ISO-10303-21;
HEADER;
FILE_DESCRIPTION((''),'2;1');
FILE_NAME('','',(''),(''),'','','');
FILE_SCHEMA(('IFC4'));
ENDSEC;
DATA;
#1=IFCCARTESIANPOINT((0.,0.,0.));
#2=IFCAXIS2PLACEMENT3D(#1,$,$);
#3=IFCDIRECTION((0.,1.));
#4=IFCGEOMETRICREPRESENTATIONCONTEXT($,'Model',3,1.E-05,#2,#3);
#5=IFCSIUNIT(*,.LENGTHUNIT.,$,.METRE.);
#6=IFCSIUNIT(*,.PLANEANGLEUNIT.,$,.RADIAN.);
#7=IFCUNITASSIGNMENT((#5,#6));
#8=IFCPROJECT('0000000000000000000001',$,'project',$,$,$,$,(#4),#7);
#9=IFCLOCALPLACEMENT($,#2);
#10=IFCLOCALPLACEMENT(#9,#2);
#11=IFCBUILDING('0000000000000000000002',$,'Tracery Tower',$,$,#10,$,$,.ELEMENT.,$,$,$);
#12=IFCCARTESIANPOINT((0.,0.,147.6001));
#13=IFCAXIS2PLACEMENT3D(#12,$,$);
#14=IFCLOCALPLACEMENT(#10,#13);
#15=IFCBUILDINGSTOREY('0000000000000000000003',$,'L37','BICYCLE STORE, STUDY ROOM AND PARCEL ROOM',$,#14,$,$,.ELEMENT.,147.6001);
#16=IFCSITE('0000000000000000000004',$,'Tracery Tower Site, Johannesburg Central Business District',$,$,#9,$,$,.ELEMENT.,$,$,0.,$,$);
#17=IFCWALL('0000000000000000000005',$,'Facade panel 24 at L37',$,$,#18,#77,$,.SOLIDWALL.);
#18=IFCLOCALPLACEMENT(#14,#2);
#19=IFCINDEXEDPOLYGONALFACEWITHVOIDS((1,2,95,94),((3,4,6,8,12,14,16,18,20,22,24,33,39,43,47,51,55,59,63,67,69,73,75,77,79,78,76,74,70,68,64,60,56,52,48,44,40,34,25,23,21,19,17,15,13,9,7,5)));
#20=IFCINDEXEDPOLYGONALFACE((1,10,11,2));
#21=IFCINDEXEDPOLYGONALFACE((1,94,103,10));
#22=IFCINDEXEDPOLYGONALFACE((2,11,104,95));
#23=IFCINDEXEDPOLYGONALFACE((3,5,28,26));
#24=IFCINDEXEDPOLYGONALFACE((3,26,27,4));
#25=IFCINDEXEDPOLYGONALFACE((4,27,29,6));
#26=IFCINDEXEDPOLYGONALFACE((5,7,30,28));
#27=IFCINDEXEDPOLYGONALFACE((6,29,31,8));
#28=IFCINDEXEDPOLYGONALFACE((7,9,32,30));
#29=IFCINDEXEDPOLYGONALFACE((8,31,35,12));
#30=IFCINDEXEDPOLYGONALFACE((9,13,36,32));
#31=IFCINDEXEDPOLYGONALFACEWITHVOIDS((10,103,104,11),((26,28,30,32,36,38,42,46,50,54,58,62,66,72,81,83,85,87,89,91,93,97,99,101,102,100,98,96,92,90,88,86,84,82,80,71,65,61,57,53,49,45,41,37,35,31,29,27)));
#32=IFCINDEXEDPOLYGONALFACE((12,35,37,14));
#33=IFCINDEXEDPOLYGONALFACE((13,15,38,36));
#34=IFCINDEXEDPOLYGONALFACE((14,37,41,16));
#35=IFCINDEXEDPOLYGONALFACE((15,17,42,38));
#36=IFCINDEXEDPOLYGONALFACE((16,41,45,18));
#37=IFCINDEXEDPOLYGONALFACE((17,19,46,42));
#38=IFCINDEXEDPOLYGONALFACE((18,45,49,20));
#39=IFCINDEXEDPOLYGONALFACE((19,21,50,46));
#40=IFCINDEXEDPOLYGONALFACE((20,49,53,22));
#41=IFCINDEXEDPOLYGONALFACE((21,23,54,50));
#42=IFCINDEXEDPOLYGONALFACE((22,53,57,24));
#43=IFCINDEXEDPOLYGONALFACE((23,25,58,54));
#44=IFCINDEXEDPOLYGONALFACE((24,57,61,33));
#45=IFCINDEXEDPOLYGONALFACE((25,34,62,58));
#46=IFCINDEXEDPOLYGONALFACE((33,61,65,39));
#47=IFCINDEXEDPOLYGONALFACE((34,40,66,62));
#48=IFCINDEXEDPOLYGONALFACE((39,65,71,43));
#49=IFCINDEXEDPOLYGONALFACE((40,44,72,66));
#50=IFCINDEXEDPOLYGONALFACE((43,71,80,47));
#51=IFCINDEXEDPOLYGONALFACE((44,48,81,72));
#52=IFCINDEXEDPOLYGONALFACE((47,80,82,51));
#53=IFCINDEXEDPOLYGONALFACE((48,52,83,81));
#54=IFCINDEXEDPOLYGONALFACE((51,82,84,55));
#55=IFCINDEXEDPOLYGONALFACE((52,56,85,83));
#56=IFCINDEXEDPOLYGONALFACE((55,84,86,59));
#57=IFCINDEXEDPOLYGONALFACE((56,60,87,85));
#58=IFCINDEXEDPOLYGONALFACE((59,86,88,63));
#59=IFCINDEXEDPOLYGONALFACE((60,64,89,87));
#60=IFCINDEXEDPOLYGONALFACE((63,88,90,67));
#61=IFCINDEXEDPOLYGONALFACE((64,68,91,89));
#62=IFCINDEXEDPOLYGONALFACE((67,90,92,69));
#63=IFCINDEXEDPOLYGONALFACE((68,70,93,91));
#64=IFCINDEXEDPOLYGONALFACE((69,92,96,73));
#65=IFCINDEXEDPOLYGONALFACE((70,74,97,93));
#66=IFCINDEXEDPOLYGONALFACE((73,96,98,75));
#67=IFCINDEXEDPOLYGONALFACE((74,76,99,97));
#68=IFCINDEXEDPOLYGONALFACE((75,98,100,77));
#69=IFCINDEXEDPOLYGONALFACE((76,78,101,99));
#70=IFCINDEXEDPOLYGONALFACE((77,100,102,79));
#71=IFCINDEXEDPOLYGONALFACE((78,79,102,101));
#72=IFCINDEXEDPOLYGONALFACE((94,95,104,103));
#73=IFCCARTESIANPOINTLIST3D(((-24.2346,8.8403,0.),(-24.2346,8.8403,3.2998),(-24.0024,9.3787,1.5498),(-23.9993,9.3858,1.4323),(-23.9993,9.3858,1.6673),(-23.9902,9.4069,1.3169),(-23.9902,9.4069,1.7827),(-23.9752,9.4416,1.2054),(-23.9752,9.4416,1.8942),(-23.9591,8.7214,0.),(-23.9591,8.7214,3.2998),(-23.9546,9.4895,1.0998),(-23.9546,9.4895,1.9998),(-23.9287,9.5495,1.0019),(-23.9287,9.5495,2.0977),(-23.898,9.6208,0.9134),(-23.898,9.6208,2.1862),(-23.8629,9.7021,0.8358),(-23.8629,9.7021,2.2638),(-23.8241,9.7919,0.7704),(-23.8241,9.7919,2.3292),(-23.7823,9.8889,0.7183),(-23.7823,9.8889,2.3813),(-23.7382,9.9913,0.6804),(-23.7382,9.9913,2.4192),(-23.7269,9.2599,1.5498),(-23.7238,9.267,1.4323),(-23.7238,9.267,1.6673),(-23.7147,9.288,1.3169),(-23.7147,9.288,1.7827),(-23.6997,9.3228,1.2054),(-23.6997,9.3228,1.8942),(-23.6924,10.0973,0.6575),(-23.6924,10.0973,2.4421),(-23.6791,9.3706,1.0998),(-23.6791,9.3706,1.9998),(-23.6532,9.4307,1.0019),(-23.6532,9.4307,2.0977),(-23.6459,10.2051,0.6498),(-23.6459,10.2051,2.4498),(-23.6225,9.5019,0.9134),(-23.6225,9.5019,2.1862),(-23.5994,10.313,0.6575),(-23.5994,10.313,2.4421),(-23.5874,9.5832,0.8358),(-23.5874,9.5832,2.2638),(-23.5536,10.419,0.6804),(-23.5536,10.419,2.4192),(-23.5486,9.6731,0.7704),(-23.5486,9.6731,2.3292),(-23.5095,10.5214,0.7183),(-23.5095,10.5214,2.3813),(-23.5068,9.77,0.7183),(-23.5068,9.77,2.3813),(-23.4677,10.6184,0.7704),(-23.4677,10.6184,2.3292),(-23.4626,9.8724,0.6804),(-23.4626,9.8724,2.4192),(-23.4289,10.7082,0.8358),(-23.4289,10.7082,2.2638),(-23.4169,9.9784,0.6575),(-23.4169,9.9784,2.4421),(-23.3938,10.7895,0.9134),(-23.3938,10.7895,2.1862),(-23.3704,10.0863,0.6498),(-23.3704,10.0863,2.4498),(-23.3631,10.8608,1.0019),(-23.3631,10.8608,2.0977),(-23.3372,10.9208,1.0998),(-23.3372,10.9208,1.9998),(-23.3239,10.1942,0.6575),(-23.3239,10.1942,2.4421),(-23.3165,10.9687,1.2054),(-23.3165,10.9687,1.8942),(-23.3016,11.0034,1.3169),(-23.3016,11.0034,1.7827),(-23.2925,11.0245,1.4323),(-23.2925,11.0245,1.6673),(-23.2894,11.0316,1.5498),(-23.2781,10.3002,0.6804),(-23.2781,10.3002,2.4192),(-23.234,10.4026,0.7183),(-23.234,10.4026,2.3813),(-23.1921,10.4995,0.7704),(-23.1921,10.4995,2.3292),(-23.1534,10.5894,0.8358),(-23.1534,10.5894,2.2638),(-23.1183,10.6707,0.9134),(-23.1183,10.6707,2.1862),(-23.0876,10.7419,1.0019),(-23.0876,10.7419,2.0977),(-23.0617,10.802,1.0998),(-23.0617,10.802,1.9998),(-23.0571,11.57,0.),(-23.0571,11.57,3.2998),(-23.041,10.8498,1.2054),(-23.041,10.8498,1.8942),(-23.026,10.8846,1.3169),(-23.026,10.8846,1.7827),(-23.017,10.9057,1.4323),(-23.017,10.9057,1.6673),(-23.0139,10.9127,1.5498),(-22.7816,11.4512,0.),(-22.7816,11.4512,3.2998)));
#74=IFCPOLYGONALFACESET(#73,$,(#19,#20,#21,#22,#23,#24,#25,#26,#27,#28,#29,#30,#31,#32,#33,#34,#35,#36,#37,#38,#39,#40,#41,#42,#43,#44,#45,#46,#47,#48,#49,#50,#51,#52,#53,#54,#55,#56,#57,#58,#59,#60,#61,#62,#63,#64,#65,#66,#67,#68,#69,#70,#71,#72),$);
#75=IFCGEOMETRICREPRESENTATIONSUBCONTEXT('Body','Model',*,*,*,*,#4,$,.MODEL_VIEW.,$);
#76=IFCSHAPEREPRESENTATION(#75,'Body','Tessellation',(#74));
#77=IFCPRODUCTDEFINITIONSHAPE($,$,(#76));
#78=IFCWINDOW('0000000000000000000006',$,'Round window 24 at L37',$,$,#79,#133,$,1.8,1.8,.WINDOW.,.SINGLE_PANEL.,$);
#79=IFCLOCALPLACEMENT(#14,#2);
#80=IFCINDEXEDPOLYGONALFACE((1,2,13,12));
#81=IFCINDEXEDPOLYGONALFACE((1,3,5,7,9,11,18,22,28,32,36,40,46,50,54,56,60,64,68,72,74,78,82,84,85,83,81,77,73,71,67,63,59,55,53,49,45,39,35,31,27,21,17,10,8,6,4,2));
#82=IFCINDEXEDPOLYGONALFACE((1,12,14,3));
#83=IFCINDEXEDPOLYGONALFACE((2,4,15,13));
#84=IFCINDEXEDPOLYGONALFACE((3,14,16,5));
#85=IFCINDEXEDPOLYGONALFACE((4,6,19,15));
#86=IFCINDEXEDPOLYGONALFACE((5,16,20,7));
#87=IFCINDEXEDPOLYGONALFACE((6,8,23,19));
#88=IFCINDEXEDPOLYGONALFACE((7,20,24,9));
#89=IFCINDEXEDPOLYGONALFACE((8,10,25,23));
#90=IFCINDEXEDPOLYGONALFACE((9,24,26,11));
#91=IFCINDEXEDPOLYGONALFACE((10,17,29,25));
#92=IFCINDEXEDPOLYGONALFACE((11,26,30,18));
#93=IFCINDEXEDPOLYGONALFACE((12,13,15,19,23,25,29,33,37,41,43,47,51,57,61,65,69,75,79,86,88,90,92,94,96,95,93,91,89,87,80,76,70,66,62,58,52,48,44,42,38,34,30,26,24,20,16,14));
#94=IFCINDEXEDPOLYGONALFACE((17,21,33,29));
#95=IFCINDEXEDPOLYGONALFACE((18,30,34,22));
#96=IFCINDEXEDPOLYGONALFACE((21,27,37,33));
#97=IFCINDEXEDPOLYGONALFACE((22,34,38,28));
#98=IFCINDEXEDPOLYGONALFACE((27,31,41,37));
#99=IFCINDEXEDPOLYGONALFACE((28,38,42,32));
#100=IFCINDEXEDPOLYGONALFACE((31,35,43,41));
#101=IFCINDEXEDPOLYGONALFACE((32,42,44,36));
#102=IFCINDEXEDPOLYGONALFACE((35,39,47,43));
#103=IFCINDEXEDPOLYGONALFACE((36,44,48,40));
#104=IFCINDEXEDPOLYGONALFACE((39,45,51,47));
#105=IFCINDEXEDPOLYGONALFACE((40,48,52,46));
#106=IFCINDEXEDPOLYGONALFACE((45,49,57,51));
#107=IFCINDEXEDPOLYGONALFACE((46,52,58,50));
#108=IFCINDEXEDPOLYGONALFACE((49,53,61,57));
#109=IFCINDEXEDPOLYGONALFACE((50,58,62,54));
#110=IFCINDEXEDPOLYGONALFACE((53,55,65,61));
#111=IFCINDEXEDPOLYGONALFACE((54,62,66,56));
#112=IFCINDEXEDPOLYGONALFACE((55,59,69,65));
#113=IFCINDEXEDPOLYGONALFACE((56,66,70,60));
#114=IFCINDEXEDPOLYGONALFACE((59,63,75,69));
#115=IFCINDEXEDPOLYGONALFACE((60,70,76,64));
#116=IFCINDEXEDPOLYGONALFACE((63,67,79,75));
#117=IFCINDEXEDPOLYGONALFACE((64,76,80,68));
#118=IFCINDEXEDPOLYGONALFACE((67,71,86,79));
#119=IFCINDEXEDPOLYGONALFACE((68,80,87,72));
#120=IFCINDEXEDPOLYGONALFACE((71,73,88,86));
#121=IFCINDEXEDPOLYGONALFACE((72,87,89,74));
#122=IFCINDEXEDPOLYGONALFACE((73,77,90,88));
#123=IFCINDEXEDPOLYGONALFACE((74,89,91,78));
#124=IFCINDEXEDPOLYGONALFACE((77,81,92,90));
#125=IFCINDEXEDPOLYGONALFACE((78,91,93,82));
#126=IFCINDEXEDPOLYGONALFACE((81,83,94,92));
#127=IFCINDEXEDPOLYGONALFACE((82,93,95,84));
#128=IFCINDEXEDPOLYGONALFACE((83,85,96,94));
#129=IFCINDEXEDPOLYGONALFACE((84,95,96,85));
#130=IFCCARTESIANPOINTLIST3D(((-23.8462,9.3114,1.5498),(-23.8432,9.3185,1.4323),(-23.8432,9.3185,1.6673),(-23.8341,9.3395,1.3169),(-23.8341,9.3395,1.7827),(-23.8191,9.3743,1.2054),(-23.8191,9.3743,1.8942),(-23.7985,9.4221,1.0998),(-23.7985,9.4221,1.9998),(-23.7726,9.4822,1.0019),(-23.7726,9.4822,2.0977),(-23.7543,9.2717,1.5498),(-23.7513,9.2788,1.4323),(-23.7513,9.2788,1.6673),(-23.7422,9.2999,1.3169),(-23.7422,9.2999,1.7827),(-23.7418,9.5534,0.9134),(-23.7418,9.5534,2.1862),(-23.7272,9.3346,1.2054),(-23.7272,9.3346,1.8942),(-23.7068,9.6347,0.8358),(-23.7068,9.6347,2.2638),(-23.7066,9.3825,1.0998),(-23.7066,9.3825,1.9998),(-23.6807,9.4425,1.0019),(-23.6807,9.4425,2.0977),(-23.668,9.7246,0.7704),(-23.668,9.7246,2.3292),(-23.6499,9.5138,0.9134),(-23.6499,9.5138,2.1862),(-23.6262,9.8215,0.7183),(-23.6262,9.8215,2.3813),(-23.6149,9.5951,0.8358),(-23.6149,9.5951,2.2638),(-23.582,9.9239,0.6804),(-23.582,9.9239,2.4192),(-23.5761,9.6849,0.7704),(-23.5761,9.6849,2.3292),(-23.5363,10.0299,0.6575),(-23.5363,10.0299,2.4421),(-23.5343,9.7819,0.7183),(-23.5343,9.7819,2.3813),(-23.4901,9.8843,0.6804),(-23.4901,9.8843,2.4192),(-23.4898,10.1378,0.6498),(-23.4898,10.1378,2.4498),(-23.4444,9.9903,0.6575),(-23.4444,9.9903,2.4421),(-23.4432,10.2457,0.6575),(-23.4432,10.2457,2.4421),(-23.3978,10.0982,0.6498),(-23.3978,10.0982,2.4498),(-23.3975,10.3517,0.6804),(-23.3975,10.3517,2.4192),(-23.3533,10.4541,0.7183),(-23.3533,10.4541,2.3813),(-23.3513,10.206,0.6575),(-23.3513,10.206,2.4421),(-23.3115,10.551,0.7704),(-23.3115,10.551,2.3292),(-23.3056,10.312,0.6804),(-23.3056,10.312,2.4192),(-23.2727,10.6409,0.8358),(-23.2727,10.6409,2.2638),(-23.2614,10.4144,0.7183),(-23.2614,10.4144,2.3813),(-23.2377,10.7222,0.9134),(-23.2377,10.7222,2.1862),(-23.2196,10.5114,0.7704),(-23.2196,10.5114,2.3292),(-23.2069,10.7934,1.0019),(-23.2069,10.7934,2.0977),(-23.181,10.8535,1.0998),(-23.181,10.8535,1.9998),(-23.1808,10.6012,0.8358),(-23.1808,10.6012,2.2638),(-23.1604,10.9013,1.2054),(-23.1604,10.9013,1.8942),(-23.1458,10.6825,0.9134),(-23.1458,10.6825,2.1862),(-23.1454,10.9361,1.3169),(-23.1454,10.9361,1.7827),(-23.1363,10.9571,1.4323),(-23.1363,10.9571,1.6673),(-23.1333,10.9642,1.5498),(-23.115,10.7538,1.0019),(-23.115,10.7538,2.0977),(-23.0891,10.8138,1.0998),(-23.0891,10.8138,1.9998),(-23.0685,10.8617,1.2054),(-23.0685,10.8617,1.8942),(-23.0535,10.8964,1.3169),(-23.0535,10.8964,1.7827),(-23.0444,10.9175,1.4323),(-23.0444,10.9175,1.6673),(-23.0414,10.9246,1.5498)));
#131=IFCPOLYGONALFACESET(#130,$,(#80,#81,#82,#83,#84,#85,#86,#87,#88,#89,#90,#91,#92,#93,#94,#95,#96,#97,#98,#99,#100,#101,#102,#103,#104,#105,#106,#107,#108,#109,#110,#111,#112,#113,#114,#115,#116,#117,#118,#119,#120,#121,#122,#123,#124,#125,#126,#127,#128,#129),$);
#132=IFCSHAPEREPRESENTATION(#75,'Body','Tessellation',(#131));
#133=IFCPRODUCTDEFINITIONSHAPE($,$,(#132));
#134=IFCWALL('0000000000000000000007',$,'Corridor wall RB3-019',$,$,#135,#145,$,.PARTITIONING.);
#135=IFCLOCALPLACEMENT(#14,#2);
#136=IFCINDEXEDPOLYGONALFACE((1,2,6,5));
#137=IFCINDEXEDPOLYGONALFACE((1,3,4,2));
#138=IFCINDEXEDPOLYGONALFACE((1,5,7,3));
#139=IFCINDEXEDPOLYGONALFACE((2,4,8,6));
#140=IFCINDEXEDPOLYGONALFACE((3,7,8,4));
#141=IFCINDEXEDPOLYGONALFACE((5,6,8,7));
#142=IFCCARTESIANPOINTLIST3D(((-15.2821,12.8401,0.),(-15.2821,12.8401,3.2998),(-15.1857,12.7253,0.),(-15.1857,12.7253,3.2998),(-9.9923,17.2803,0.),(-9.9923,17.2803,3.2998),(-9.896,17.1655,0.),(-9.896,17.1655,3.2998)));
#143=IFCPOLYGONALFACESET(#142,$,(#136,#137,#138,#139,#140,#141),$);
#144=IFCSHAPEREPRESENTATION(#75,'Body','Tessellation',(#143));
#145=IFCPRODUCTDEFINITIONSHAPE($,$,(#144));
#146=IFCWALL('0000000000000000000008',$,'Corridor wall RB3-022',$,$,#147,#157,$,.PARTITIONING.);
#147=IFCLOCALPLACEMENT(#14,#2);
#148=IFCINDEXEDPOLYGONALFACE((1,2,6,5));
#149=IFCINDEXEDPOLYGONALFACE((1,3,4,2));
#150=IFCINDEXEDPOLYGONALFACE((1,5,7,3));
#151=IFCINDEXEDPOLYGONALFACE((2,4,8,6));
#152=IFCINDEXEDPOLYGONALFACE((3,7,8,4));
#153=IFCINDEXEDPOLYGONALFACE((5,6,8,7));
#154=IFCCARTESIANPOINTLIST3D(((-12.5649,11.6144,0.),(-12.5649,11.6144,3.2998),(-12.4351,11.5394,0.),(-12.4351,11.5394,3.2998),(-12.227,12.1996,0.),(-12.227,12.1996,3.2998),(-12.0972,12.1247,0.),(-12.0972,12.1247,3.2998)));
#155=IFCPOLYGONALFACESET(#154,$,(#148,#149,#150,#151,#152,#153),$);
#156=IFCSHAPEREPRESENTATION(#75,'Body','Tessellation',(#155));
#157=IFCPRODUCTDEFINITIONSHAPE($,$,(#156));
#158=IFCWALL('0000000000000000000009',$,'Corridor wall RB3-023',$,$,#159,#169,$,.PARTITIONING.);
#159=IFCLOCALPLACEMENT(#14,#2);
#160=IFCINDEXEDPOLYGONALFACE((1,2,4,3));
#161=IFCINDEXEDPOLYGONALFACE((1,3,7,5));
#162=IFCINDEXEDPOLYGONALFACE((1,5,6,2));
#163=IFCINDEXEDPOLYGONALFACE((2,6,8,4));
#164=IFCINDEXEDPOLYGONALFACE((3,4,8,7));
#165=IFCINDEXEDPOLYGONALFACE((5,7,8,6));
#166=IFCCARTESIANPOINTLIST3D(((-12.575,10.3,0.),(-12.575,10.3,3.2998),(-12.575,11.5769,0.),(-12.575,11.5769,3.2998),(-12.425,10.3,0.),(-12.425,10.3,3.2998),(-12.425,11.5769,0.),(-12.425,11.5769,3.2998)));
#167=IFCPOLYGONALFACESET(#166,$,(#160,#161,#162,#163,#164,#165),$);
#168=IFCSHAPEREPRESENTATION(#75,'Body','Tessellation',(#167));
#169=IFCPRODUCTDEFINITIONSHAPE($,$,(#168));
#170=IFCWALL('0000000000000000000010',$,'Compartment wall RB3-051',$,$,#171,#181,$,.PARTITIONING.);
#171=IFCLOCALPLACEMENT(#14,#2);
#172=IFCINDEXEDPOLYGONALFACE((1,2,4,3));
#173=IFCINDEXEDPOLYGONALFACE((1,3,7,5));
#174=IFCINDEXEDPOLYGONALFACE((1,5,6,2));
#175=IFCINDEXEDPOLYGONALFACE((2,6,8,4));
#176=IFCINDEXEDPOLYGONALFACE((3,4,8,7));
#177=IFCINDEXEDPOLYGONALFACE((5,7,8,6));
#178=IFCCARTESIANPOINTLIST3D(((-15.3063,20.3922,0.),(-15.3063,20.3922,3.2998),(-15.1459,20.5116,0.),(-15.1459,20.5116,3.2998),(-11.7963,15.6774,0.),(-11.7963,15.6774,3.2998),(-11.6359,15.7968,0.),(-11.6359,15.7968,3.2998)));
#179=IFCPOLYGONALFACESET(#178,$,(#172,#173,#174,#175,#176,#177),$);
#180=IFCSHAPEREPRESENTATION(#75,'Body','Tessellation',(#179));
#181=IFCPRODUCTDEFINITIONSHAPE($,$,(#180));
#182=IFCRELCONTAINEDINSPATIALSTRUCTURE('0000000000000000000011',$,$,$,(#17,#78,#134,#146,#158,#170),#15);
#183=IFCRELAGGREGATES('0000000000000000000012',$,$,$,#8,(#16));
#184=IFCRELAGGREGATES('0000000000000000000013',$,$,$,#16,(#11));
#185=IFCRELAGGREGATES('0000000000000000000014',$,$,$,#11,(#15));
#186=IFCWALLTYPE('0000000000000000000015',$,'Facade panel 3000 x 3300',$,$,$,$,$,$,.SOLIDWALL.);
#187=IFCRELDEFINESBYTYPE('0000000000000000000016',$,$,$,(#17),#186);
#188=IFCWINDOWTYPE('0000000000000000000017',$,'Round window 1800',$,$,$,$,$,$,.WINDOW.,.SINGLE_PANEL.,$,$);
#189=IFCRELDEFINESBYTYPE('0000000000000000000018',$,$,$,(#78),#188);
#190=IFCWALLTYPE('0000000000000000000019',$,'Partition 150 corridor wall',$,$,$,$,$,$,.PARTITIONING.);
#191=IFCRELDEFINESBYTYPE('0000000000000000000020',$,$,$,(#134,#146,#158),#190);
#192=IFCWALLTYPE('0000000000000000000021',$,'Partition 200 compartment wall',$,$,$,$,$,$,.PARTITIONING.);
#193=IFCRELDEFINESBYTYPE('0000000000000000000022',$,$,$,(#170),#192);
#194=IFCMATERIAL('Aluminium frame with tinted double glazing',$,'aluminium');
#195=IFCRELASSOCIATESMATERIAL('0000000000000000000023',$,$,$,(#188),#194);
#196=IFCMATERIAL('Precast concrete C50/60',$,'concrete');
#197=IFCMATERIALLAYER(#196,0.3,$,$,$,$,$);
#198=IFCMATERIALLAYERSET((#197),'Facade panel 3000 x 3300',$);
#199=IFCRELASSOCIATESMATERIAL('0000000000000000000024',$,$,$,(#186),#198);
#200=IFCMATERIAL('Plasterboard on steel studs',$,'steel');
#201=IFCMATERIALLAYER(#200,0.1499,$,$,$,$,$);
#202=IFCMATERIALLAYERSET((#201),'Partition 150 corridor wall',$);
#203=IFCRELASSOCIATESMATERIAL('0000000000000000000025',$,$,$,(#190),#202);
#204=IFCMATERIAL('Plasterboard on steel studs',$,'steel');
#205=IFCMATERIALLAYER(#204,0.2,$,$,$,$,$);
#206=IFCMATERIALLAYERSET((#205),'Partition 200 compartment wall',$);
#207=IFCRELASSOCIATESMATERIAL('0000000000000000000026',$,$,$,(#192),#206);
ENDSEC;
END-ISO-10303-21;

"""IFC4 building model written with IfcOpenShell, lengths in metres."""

from ifc_helpers import new_model, si_unit, direction, frame, frame_2d, origin, origin_2d, place, context, subcontext, project, spatial, rectangle, circle, extrude, material, layer, layer_set, type_object, element, fill, save


model = new_model("IFC4")

# Units and contexts
model_context = context("Model", 3, precision=1e-05, world=origin(), true_north=direction((0.0, 1.0)))
body_context = subcontext(model_context, "Body", "Model", "MODEL_VIEW")
ifc_project = project(units=[si_unit("LENGTHUNIT", "METRE"), si_unit("PLANEANGLEUNIT", "RADIAN")], contexts=[model_context])

# Site, building, storey
site_placement = place(None, origin())
site = spatial("IfcSite", under=ifc_project, at=site_placement, Name="Tracery Tower Site, Johannesburg Central Business District", CompositionType="ELEMENT", RefElevation=0.0)
building_placement = place(site_placement, origin())
building = spatial("IfcBuilding", under=site, at=building_placement, Name="Tracery Tower", CompositionType="ELEMENT")
storey_placement = place(building_placement, frame((0.0, 0.0, 147.6001)))
storey = spatial("IfcBuildingStorey", under=building, at=storey_placement, Name="L37", Description="BICYCLE STORE, STUDY ROOM AND PARCEL ROOM", CompositionType="ELEMENT", Elevation=147.6001)

# Wall, opening, window
ifc_material_1 = material(Name="Aluminium frame with tinted double glazing", Category="aluminium")
window_type = type_object("IfcWindowType", Name="Round window 1800", PartitioningType="SINGLE_PANEL", PredefinedType="WINDOW", material=ifc_material_1)
ifc_material_2 = material(Name="Precast concrete C50/60", Category="concrete")
ifc_layer_1 = layer(ifc_material_2, 0.3)
ifc_layer_set_1 = layer_set([ifc_layer_1], Name="Facade panel 3000 x 3300")
wall_type_1 = type_object("IfcWallType", Name="Facade panel 3000 x 3300", PredefinedType="SOLIDWALL", material=ifc_layer_set_1)
wall_1_placement = place(storey_placement, frame((-22.9194, 11.5105, 0.0), z_axis=(0.0, 0.0, 1.0), x_axis=(-0.396079, -0.918216, 0.0)))
wall_1 = element("IfcWall", 1, at=wall_1_placement, inside=storey, type_object=wall_type_1, Name="Facade panel 24 at L37", PredefinedType="SOLIDWALL", context=body_context, shape_type="SweptSolid", body=[
    extrude(rectangle(XDim=2.9729, YDim=0.3, at=frame_2d((1.4863, 0.0))), origin(), (0.0, 0.0, 1.0), 3.2998),
])
opening_1_placement = place(wall_1_placement, frame((1.4863, 0.0, 1.5498)))
opening_1 = element("IfcOpeningElement", 2, at=opening_1_placement, cuts=wall_1, PredefinedType="OPENING", context=body_context, shape_type="SweptSolid", body=[
    extrude(circle(Radius=0.9, at=origin_2d()), frame((0.0, 0.1599, 0.0), z_axis=(0.0, -1.0, 0.0), x_axis=(1.0, 0.0, 0.0)), (0.0, 0.0, 1.0), 0.3201),
])
window_1_placement = place(opening_1_placement, origin())
window_1 = element("IfcWindow", 3, at=window_1_placement, inside=storey, type_object=window_type, Name="Round window 24 at L37", OverallHeight=1.8, OverallWidth=1.8, PartitioningType="SINGLE_PANEL", PredefinedType="WINDOW", context=body_context, shape_type="SweptSolid", body=[
    extrude(circle(Radius=0.9, at=origin_2d()), frame((0.0, 0.1201, 0.0), z_axis=(0.0, -1.0, 0.0), x_axis=(1.0, 0.0, 0.0)), (0.0, 0.0, 1.0), 0.1001),
])
fill(opening_1, window_1)

# Walls
ifc_material_3 = material(Name="Plasterboard on steel studs", Category="steel")
ifc_layer_2 = layer(ifc_material_3, 0.1499)
ifc_layer_set_2 = layer_set([ifc_layer_2], Name="Partition 150 corridor wall")
wall_type_2 = type_object("IfcWallType", Name="Partition 150 corridor wall", PredefinedType="PARTITIONING", material=ifc_layer_set_2)
wall_2_placement = place(storey_placement, frame((-15.2339, 12.7827, 0.0), z_axis=(0.0, 0.0, 1.0), x_axis=(0.765936, 0.642917, 0.0)))
element("IfcWall", 4, at=wall_2_placement, inside=storey, type_object=wall_type_2, Name="Corridor wall RB3-019", PredefinedType="PARTITIONING", context=body_context, shape_type="SweptSolid", body=[
    extrude(rectangle(XDim=6.9062, YDim=0.1499, at=frame_2d((3.4531, 0.0))), origin(), (0.0, 0.0, 1.0), 3.2998),
])
wall_3_placement = place(storey_placement, frame((-12.5, 11.5769, 0.0), z_axis=(0.0, 0.0, 1.0), x_axis=(0.500025, 0.866011, 0.0)))
element("IfcWall", 5, at=wall_3_placement, inside=storey, type_object=wall_type_2, Name="Corridor wall RB3-022", PredefinedType="PARTITIONING", context=body_context, shape_type="SweptSolid", body=[
    extrude(rectangle(XDim=0.6758, YDim=0.1499, at=frame_2d((0.3379, 0.0))), origin(), (0.0, 0.0, 1.0), 3.2998),
])
wall_4_placement = place(storey_placement, frame((-12.5, 10.3, 0.0), z_axis=(0.0, 0.0, 1.0), x_axis=(0.0, 1.0, 0.0)))
element("IfcWall", 6, at=wall_4_placement, inside=storey, type_object=wall_type_2, Name="Corridor wall RB3-023", PredefinedType="PARTITIONING", context=body_context, shape_type="SweptSolid", body=[
    extrude(rectangle(XDim=1.2769, YDim=0.1499, at=frame_2d((0.6384, 0.0))), origin(), (0.0, 0.0, 1.0), 3.2998),
])
ifc_material_4 = material(Name="Plasterboard on steel studs", Category="steel")
ifc_layer_3 = layer(ifc_material_4, 0.2)
ifc_layer_set_3 = layer_set([ifc_layer_3], Name="Partition 200 compartment wall")
wall_type_3 = type_object("IfcWallType", Name="Partition 200 compartment wall", PredefinedType="PARTITIONING", material=ifc_layer_set_3)
wall_5_placement = place(storey_placement, frame((-15.2261, 20.4519, 0.0), z_axis=(0.0, 0.0, 1.0), x_axis=(0.597152, -0.802128, 0.0)))
element("IfcWall", 7, at=wall_5_placement, inside=storey, type_object=wall_type_3, Name="Compartment wall RB3-051", PredefinedType="PARTITIONING", context=body_context, shape_type="SweptSolid", body=[
    extrude(rectangle(XDim=5.8779, YDim=0.2, at=frame_2d((2.939, 0.0))), origin(), (0.0, 0.0, 1.0), 3.2998),
])

save(model, "model.ifc")
